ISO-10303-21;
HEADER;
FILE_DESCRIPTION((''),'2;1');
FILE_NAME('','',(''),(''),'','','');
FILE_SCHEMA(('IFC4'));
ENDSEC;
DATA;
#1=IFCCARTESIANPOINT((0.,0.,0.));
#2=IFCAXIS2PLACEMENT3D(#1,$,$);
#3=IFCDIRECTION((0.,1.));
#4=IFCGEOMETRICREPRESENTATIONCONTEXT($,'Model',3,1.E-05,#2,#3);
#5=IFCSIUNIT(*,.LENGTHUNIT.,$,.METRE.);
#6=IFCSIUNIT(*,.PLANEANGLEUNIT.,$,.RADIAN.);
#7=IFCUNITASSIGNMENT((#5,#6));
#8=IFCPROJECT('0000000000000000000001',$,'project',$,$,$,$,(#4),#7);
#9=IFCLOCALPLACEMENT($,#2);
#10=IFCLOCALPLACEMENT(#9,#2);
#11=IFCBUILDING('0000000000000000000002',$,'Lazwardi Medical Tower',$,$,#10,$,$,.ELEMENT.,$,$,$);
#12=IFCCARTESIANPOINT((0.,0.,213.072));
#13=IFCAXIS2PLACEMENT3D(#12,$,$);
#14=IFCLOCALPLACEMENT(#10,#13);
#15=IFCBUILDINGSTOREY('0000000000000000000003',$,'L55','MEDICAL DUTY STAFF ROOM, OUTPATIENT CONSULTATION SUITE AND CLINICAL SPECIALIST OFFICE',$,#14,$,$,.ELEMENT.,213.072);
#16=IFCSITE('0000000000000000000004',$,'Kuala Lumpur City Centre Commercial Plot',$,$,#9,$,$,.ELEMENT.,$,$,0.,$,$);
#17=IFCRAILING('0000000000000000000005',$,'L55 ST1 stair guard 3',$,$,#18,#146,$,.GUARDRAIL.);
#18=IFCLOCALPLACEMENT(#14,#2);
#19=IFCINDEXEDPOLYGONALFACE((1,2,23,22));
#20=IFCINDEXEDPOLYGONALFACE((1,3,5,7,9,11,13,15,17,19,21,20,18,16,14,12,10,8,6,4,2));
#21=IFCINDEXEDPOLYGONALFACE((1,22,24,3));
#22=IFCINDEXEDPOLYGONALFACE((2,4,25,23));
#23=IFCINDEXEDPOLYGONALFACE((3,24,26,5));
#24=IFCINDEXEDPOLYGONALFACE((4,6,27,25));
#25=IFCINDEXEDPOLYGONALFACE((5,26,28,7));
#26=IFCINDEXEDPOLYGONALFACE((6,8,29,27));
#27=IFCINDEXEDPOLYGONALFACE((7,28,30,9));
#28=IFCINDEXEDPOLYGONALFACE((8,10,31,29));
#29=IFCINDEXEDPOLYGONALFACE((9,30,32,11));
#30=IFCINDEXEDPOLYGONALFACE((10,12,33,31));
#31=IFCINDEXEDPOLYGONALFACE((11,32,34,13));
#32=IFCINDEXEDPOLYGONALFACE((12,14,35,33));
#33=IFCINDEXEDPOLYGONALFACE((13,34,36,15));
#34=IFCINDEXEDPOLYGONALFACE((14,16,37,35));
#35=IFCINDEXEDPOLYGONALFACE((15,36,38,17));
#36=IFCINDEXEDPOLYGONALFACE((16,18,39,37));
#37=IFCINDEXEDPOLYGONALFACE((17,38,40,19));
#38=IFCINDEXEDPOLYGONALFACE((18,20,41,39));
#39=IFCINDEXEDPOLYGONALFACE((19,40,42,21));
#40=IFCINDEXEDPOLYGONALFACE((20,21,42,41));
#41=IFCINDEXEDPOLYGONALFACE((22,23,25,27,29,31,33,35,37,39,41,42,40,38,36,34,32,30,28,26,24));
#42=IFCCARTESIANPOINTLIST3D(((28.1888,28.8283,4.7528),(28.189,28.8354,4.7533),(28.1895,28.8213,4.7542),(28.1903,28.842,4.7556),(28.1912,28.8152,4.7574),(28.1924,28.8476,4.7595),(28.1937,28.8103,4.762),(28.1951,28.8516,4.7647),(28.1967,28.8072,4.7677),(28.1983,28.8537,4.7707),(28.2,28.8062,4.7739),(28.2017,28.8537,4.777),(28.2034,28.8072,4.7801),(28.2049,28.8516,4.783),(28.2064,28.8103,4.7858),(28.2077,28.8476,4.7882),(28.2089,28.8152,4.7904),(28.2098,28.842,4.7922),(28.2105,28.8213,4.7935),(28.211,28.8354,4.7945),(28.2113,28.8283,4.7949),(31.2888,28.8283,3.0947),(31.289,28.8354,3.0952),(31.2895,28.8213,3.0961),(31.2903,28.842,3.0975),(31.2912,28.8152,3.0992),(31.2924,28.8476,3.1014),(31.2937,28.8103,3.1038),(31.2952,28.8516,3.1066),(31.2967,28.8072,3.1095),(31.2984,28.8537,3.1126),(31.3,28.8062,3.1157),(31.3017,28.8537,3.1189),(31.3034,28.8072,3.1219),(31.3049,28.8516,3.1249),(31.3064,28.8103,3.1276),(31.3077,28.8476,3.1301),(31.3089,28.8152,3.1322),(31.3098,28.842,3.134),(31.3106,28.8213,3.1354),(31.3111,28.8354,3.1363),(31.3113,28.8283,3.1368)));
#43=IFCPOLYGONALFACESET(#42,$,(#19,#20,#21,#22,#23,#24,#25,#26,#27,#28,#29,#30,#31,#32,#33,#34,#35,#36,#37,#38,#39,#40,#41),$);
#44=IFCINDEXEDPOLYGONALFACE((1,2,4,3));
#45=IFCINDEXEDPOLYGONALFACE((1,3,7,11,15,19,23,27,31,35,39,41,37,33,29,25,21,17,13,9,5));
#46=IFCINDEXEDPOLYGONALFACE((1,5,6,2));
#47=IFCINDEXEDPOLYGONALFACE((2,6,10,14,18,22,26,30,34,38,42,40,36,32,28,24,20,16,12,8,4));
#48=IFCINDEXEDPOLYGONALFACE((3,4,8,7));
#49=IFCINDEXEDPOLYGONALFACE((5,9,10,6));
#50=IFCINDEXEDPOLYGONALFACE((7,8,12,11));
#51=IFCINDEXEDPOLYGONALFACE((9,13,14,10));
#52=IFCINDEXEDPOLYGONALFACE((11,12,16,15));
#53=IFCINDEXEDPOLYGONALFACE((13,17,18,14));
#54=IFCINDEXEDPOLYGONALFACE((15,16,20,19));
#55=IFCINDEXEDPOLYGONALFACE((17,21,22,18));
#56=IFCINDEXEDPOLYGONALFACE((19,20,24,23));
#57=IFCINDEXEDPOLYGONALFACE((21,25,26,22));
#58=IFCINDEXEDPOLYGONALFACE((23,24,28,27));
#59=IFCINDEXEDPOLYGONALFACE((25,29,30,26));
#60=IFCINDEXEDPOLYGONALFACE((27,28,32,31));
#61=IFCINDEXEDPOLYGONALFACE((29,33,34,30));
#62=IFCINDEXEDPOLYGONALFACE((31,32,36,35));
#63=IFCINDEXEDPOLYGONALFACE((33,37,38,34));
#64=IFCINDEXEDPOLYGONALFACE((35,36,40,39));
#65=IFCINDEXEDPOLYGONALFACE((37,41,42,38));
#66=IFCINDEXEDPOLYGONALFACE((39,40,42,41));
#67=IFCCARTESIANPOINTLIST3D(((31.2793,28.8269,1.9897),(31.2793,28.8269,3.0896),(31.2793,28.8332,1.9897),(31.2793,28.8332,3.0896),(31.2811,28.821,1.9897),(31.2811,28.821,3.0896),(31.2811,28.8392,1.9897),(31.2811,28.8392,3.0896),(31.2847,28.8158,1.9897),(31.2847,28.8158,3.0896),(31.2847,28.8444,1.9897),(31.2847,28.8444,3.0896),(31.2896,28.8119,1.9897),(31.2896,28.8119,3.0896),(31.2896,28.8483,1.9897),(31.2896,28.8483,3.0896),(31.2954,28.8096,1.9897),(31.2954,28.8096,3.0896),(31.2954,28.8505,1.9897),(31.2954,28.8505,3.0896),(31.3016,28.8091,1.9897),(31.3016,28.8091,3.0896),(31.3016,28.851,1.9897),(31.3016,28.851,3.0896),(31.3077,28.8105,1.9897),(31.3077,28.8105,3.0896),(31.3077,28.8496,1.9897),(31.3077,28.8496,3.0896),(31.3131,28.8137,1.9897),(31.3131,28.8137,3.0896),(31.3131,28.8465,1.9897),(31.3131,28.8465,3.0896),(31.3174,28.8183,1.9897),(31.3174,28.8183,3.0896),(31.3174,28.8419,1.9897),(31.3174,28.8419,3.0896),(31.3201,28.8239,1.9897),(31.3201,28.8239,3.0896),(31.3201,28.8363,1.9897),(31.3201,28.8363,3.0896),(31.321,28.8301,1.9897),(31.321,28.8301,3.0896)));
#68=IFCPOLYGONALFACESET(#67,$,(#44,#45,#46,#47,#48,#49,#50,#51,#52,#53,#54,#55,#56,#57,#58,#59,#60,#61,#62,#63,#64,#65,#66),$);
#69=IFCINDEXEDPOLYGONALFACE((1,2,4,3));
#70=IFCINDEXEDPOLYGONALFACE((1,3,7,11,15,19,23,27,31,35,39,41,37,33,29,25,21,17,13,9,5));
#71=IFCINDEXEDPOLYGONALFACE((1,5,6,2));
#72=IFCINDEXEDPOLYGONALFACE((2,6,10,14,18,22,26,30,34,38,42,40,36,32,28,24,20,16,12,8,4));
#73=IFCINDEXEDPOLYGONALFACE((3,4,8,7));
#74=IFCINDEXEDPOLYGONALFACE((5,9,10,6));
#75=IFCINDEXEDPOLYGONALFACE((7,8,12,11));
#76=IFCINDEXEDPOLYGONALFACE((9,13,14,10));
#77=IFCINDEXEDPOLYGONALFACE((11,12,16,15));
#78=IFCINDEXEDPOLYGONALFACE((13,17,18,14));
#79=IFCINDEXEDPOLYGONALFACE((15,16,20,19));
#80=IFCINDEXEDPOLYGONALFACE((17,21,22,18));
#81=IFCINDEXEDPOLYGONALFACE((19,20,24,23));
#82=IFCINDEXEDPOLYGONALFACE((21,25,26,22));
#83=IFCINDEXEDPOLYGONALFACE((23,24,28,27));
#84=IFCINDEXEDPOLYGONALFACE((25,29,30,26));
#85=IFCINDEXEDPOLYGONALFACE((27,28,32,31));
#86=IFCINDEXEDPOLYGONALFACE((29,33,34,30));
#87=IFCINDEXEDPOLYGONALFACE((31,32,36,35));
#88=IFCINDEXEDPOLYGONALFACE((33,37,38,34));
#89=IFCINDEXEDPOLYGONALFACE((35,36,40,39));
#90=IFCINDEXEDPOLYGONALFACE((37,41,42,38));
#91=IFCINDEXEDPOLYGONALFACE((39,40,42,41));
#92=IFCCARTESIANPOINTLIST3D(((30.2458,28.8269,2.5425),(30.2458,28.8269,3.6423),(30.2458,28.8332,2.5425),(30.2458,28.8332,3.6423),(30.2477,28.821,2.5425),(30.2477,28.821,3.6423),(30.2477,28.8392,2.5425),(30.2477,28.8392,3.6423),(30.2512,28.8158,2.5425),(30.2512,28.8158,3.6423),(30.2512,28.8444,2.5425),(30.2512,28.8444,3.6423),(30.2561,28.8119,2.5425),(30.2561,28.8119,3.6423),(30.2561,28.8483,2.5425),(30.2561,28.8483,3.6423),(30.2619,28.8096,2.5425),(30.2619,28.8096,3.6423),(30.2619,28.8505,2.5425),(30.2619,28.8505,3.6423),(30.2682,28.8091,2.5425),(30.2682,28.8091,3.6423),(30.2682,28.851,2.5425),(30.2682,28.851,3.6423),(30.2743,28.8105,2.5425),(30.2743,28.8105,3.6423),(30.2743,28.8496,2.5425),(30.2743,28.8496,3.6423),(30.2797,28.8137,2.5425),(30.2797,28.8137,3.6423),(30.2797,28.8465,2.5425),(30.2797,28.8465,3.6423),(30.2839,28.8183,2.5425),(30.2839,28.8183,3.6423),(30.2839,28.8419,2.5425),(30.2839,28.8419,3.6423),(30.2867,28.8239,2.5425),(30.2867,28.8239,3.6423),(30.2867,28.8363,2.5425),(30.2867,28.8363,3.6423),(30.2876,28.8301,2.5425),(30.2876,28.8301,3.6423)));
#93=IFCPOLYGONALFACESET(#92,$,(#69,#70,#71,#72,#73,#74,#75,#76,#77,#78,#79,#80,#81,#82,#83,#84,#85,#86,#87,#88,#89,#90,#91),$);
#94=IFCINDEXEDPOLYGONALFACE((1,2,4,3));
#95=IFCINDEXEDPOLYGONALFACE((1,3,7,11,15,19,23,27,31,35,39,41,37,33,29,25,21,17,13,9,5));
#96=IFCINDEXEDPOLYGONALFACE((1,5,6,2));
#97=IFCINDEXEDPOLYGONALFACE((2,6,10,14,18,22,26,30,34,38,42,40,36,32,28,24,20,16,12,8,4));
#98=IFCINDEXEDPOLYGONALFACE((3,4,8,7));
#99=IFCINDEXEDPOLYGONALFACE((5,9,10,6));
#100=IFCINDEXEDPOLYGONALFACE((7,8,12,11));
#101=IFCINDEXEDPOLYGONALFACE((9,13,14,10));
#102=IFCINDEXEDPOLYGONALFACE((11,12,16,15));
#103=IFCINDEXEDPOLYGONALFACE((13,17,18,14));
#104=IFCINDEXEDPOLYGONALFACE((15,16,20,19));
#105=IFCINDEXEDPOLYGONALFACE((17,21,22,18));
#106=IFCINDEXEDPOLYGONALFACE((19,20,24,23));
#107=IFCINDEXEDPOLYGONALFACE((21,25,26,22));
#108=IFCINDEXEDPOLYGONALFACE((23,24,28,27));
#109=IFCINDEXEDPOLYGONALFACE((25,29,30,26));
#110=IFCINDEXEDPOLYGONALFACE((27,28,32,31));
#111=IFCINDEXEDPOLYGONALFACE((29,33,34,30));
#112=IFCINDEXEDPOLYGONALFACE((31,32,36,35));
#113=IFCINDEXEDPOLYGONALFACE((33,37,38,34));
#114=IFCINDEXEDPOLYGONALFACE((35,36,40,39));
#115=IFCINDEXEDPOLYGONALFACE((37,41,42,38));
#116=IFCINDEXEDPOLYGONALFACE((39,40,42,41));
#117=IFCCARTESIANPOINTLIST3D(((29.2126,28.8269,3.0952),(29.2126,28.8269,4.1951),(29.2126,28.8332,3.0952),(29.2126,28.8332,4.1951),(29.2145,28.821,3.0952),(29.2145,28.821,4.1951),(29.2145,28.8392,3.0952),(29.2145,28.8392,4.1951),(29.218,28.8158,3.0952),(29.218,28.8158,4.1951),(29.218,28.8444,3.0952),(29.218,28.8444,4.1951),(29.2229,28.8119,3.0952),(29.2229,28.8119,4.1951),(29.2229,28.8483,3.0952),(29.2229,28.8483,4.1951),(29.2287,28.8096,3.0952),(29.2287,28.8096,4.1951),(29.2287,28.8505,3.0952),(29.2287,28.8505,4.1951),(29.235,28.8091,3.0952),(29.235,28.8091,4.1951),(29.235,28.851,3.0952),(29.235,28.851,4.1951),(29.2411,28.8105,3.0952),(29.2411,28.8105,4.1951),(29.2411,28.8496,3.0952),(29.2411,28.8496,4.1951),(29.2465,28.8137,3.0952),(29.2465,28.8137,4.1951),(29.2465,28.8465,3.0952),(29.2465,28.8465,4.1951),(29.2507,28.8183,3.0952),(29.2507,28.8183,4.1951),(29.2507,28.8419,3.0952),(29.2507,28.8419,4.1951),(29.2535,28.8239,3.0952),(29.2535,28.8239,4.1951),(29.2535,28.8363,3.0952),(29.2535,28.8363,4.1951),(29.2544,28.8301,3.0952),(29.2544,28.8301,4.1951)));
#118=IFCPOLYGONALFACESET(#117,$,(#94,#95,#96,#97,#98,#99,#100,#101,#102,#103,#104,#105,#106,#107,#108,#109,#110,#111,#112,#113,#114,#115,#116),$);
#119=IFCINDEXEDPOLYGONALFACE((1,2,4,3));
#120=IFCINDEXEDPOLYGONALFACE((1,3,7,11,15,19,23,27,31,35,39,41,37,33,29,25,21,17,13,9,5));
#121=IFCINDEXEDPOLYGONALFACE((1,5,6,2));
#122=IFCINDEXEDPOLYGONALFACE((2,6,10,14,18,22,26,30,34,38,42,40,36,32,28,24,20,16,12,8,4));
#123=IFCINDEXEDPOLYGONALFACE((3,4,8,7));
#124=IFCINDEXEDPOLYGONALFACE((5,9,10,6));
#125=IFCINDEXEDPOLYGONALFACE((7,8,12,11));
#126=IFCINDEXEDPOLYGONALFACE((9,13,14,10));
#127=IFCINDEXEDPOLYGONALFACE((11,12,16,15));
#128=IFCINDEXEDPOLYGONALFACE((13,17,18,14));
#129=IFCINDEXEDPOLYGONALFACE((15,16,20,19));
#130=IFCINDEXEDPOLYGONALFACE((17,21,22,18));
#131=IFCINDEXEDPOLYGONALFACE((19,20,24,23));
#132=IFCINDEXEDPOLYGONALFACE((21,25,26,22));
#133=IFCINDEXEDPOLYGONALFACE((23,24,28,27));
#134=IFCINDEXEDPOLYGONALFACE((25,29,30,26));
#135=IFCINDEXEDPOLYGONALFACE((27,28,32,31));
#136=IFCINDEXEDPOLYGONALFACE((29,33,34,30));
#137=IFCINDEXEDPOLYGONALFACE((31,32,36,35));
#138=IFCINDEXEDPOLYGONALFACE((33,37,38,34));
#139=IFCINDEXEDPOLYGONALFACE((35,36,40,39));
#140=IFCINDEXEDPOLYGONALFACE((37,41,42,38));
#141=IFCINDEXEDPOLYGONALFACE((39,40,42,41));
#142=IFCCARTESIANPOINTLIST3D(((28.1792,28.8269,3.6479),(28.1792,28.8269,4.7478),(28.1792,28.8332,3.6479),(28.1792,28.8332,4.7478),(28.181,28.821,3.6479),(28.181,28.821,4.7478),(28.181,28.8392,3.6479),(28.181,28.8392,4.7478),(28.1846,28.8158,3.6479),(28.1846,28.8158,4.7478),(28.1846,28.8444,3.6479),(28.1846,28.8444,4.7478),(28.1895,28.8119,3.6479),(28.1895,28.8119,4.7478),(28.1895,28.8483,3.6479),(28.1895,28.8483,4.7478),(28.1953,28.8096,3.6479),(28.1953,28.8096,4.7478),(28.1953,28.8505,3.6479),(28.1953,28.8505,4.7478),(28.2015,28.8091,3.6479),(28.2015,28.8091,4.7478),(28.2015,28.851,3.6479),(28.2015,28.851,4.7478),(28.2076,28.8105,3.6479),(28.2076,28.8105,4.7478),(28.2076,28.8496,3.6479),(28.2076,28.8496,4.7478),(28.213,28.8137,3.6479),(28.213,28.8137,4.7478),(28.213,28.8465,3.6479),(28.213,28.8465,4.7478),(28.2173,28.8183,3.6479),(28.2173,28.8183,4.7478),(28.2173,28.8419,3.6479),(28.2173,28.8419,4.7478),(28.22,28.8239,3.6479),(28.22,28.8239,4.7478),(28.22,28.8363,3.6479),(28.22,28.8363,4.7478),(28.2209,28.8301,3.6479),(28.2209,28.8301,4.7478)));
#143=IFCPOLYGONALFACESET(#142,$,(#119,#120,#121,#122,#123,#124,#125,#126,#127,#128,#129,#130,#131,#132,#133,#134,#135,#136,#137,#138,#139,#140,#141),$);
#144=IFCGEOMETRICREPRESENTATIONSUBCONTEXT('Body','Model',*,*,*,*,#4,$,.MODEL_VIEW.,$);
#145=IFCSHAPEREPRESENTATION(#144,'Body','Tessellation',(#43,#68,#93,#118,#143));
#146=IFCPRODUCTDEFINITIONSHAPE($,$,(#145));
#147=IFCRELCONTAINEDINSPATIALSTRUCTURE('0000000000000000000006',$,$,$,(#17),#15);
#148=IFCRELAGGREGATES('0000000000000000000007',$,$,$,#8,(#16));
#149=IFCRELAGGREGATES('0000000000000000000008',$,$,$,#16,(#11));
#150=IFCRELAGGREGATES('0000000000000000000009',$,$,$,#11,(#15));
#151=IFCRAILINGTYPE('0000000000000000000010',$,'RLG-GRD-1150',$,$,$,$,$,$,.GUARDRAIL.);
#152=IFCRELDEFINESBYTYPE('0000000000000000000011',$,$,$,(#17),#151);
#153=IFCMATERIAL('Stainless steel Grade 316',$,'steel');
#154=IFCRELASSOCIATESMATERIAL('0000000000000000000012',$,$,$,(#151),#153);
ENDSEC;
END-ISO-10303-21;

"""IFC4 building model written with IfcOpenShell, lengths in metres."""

from ifc_helpers import new_model, si_unit, direction, frame, origin, origin_2d, place, context, subcontext, project, spatial, circle, extrude, material, type_object, element, save


model = new_model("IFC4")

# Units and contexts
model_context = context("Model", 3, precision=1e-05, world=origin(), true_north=direction((0.0, 1.0)))
body_context = subcontext(model_context, "Body", "Model", "MODEL_VIEW")
ifc_project = project(units=[si_unit("LENGTHUNIT", "METRE"), si_unit("PLANEANGLEUNIT", "RADIAN")], contexts=[model_context])

# Site, building, storey
site_placement = place(None, origin())
site = spatial("IfcSite", under=ifc_project, at=site_placement, Name="Kuala Lumpur City Centre Commercial Plot", CompositionType="ELEMENT", RefElevation=0.0)
building_placement = place(site_placement, origin())
building = spatial("IfcBuilding", under=site, at=building_placement, Name="Lazwardi Medical Tower", CompositionType="ELEMENT")
storey_placement = place(building_placement, frame((0.0, 0.0, 213.072)))
storey = spatial("IfcBuildingStorey", under=building, at=storey_placement, Name="L55", Description="MEDICAL DUTY STAFF ROOM, OUTPATIENT CONSULTATION SUITE AND CLINICAL SPECIALIST OFFICE", CompositionType="ELEMENT", Elevation=213.072)

# Railing
ifc_material_1 = material(Name="Stainless steel Grade 316", Category="steel")
railing_type_1 = type_object("IfcRailingType", Name="RLG-GRD-1150", PredefinedType="GUARDRAIL", material=ifc_material_1)
railing_1_placement = place(storey_placement, frame((31.3, 28.8301, 1.9897)))
element("IfcRailing", 1, at=railing_1_placement, inside=storey, type_object=railing_type_1, Name="L55 ST1 stair guard 3", PredefinedType="GUARDRAIL", context=body_context, shape_type="SweptSolid", body=[
    extrude(circle(Radius=0.0239, at=origin_2d()), frame((0.0, 0.0, 1.126), z_axis=(-0.881783, 0.0, 0.471655), x_axis=(0.0, -1.0, 0.0)), (0.0, 0.0, 1.0), 3.5156),
    extrude(circle(Radius=0.021, at=origin_2d()), origin(), (0.0, 0.0, 1.0), 1.0999),
    extrude(circle(Radius=0.021, at=origin_2d()), frame((-1.0334, 0.0, 0.5527)), (0.0, 0.0, 1.0), 1.0999),
    extrude(circle(Radius=0.021, at=origin_2d()), frame((-2.0667, 0.0, 1.1055)), (0.0, 0.0, 1.0), 1.0999),
    extrude(circle(Radius=0.021, at=origin_2d()), frame((-3.1001, 0.0, 1.6582)), (0.0, 0.0, 1.0), 1.0999),
])

save(model, "model.ifc")
